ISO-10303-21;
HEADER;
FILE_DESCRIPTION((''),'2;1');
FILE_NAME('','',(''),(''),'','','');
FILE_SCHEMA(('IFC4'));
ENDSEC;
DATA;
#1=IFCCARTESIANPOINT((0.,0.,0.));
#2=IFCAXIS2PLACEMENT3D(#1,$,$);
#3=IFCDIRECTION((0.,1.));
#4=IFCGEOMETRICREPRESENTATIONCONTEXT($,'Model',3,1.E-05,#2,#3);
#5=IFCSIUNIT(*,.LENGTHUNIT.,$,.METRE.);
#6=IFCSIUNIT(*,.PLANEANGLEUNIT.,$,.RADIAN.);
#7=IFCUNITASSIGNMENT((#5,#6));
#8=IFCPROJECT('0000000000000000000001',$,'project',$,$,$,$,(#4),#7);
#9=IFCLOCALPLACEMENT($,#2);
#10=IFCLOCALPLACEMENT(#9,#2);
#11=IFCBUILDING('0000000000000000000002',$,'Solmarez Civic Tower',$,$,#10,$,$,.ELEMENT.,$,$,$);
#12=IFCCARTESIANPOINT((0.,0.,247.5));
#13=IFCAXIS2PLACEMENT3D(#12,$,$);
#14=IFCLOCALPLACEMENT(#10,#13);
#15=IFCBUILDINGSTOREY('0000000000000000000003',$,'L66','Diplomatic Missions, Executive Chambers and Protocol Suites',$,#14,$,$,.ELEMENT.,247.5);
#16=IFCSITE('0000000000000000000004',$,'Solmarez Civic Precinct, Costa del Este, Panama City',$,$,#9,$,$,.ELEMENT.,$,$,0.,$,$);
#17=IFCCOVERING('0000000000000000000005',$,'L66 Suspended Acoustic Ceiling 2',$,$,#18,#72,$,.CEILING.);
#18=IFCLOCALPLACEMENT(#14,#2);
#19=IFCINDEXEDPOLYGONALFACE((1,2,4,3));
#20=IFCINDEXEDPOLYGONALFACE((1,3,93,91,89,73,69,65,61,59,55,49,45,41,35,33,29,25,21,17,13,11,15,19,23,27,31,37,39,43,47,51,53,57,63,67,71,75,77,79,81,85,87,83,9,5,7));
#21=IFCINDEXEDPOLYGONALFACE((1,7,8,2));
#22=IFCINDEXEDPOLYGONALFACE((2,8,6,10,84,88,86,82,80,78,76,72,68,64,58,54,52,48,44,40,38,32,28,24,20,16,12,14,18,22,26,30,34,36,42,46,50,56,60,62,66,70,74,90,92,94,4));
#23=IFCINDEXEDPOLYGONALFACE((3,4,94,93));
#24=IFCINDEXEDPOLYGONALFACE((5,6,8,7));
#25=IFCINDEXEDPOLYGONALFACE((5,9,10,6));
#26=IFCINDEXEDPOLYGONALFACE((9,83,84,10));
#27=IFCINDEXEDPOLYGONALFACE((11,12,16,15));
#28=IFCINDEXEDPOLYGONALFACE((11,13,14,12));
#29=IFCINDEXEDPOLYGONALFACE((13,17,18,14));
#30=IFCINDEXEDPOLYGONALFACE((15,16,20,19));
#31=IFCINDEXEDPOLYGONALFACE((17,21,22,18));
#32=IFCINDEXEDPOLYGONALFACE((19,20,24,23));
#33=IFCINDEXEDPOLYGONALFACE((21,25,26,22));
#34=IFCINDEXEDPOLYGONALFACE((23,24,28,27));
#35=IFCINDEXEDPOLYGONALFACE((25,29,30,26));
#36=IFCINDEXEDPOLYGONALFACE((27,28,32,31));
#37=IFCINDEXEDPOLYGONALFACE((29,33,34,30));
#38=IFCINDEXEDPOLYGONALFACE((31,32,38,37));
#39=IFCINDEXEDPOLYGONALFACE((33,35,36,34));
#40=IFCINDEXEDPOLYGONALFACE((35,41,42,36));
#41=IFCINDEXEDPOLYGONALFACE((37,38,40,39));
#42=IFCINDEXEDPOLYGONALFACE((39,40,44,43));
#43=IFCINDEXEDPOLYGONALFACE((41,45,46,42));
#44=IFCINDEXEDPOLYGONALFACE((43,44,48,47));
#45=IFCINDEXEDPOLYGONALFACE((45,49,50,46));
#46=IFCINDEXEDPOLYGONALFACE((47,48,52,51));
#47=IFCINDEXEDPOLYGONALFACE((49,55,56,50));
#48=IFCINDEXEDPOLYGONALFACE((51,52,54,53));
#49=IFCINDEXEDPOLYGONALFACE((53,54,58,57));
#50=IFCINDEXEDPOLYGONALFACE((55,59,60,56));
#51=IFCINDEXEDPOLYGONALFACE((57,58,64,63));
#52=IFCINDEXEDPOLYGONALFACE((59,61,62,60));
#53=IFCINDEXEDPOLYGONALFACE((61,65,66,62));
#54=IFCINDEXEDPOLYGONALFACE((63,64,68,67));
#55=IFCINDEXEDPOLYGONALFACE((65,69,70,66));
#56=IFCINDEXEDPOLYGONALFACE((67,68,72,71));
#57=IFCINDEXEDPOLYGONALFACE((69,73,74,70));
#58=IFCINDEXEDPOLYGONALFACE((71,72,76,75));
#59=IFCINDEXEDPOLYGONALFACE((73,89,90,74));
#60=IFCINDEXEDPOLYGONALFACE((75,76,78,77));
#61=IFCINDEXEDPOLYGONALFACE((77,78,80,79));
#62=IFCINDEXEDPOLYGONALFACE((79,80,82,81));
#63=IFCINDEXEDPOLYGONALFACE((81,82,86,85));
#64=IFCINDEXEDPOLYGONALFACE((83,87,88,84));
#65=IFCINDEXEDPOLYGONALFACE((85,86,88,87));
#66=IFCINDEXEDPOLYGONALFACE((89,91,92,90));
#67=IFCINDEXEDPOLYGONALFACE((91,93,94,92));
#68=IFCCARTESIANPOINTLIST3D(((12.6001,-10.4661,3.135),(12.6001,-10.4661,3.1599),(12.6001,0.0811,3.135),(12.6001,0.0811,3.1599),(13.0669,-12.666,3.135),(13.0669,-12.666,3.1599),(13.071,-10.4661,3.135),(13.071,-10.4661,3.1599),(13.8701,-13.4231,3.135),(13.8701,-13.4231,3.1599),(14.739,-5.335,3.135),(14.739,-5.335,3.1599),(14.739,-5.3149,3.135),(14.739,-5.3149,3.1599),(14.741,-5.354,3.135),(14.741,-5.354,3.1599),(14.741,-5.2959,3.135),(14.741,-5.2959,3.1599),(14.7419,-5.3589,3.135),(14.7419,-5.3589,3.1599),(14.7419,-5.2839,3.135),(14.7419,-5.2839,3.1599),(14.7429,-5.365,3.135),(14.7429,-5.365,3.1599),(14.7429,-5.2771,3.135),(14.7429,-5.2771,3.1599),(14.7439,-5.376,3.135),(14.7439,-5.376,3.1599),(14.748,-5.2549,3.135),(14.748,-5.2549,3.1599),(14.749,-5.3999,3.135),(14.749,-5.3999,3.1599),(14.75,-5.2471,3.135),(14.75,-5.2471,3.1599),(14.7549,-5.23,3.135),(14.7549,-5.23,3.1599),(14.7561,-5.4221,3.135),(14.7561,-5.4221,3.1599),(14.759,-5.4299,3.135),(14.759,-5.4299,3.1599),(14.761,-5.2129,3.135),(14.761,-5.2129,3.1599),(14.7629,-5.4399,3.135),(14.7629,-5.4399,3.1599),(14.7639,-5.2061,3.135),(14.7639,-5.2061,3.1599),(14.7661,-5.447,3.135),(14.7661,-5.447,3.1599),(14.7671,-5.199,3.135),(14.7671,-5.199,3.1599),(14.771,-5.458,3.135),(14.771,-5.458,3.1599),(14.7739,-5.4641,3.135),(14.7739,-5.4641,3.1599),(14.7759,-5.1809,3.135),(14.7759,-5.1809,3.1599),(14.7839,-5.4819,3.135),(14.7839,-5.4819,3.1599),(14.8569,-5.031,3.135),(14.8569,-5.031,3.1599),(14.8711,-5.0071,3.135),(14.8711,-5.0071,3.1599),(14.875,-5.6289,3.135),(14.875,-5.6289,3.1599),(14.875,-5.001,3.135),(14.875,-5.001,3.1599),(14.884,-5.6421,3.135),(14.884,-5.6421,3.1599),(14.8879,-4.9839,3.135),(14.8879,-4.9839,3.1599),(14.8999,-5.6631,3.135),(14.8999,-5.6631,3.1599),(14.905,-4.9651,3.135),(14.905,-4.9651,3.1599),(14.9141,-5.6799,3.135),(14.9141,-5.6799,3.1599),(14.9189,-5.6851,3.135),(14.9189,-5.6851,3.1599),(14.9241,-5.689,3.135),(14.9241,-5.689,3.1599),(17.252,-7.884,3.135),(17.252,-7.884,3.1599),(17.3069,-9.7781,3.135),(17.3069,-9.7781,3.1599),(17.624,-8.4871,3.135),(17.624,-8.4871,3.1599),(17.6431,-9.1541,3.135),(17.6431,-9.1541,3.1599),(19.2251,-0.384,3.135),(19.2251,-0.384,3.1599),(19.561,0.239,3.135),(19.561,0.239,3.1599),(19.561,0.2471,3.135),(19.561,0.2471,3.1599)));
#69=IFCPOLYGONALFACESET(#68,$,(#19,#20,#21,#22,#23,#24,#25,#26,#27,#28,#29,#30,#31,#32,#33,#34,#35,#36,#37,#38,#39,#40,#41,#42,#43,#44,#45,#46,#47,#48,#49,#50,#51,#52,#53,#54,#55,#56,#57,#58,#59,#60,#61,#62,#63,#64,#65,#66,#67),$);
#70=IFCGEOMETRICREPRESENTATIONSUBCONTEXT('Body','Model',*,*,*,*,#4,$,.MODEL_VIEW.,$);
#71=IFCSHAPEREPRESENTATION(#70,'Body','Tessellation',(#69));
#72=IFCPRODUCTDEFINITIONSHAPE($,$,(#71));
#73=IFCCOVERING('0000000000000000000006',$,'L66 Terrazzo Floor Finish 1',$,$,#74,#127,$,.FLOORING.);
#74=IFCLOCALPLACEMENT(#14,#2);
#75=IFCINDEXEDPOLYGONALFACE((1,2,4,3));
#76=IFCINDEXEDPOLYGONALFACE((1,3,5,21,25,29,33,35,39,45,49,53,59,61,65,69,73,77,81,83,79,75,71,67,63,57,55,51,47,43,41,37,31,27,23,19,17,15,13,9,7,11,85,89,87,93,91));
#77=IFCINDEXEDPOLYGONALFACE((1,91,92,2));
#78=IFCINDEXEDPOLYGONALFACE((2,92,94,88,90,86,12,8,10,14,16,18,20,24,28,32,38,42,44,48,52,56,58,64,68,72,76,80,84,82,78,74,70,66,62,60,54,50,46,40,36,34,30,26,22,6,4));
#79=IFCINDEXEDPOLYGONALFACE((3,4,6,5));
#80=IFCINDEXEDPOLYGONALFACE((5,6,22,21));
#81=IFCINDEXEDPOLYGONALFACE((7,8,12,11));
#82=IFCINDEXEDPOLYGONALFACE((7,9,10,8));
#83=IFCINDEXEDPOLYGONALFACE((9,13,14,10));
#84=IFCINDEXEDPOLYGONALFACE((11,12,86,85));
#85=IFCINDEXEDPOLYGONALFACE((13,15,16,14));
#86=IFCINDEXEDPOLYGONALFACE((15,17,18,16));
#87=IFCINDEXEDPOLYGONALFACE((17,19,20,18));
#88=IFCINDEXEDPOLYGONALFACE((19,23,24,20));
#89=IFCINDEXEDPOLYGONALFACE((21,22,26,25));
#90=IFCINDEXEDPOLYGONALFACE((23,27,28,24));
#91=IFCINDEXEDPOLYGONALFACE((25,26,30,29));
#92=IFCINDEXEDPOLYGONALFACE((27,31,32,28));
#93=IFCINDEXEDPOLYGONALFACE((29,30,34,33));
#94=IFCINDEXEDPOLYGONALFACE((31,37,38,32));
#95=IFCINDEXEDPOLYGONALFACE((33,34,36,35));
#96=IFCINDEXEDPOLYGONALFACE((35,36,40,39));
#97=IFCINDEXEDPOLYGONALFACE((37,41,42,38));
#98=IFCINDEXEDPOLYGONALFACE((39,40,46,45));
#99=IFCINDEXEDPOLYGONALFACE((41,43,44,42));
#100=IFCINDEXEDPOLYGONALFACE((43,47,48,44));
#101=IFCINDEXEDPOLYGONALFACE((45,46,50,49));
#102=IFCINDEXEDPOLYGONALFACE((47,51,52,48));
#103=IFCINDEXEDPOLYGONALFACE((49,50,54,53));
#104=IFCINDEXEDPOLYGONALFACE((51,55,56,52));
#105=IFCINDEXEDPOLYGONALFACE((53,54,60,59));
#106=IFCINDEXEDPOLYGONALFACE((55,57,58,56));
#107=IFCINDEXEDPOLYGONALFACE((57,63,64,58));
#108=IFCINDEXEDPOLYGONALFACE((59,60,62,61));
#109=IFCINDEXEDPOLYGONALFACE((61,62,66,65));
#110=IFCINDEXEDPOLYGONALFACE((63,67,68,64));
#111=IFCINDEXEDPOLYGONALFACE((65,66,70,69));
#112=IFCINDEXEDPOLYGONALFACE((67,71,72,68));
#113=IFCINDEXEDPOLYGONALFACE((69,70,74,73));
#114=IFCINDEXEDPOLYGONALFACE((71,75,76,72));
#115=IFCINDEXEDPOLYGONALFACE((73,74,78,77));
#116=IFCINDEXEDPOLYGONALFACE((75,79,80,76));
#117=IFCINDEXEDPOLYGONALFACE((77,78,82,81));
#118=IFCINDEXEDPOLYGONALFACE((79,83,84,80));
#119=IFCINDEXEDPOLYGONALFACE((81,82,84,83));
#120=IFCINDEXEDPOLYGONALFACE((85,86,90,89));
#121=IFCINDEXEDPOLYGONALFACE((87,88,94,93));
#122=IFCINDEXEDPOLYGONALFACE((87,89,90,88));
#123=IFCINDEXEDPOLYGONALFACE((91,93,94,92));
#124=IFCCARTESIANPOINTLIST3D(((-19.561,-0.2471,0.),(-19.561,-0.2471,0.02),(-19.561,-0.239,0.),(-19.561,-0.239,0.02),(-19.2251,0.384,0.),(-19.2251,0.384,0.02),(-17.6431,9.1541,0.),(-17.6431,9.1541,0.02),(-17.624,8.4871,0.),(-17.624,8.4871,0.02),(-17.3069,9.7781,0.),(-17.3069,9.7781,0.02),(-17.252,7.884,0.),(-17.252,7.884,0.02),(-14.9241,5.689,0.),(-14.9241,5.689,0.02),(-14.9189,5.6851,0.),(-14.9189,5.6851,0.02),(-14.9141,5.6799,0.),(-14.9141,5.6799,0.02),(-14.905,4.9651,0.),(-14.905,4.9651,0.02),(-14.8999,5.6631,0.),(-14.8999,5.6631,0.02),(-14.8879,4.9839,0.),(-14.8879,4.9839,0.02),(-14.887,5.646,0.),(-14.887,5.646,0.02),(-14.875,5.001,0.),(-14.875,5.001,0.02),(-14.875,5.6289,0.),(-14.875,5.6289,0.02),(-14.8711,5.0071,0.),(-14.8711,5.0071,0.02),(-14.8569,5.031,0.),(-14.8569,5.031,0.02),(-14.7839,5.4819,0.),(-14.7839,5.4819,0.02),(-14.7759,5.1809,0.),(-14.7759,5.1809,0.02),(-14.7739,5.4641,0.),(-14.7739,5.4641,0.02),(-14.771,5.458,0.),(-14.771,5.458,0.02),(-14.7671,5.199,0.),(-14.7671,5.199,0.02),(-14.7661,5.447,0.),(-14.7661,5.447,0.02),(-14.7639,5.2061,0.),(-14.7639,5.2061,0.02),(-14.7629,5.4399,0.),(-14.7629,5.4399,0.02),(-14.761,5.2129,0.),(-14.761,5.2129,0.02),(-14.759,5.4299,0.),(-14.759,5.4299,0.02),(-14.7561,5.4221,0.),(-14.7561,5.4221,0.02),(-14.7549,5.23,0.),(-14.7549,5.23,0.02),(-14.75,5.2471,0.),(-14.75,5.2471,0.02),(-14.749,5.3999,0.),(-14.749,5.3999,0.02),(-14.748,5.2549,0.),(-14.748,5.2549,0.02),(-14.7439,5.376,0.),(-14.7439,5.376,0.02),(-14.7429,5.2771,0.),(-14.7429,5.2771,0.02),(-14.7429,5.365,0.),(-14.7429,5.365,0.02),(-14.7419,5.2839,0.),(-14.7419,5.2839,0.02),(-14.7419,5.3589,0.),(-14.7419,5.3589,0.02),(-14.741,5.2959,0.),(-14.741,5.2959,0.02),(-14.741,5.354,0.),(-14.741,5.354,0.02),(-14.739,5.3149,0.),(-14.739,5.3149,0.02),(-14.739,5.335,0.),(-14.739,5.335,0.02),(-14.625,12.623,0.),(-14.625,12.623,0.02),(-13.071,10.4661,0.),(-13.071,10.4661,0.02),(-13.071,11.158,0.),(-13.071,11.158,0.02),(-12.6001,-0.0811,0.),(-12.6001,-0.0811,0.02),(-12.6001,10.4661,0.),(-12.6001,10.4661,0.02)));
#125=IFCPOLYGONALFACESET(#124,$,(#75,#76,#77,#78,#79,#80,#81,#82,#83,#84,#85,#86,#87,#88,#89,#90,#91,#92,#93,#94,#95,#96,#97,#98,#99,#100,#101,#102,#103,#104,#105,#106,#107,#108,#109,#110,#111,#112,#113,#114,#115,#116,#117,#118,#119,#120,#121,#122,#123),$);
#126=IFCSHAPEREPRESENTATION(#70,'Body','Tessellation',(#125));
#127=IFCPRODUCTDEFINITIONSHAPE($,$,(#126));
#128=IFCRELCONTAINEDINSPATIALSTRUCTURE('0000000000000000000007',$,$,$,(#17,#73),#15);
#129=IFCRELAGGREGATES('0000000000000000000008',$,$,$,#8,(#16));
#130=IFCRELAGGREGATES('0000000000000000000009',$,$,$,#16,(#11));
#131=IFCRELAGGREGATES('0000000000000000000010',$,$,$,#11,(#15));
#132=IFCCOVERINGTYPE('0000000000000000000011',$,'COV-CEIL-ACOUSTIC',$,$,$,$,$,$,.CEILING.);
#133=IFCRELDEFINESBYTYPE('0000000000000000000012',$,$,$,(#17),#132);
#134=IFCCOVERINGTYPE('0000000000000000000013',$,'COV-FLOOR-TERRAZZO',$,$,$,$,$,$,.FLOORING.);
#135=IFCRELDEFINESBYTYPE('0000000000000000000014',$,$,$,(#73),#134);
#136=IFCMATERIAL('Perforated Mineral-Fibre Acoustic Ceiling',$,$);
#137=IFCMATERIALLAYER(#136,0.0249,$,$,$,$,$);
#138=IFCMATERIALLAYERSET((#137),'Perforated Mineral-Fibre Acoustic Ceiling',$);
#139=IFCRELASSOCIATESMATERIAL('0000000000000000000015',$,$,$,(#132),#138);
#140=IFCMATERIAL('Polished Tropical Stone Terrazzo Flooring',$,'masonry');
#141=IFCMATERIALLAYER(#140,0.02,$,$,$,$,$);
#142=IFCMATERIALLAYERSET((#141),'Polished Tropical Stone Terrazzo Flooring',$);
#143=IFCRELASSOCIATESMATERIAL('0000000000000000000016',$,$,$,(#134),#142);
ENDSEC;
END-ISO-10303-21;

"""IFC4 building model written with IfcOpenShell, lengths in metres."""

from ifc_helpers import new_model, si_unit, direction, frame, origin, place, context, subcontext, project, spatial, polyline, outline, extrude, material, layer, layer_set, type_object, element, save


model = new_model("IFC4")

# Units and contexts
model_context = context("Model", 3, precision=1e-05, world=origin(), true_north=direction((0.0, 1.0)))
body_context = subcontext(model_context, "Body", "Model", "MODEL_VIEW")
ifc_project = project(units=[si_unit("LENGTHUNIT", "METRE"), si_unit("PLANEANGLEUNIT", "RADIAN")], contexts=[model_context])

# Site, building, storey
site_placement = place(None, origin())
site = spatial("IfcSite", under=ifc_project, at=site_placement, Name="Solmarez Civic Precinct, Costa del Este, Panama City", CompositionType="ELEMENT", RefElevation=0.0)
building_placement = place(site_placement, origin())
building = spatial("IfcBuilding", under=site, at=building_placement, Name="Solmarez Civic Tower", CompositionType="ELEMENT")
storey_placement = place(building_placement, frame((0.0, 0.0, 247.5)))
storey = spatial("IfcBuildingStorey", under=building, at=storey_placement, Name="L66", Description="Diplomatic Missions, Executive Chambers and Protocol Suites", CompositionType="ELEMENT", Elevation=247.5)

# Coverings
ifc_material_1 = material(Name="Perforated Mineral-Fibre Acoustic Ceiling")
ifc_layer_1 = layer(ifc_material_1, 0.0249)
ifc_layer_set_1 = layer_set([ifc_layer_1], Name="Perforated Mineral-Fibre Acoustic Ceiling")
covering_type_1 = type_object("IfcCoveringType", Name="COV-CEIL-ACOUSTIC", PredefinedType="CEILING", material=ifc_layer_set_1)
covering_1_placement = place(storey_placement, frame((0.0, 0.0, 3.135)))
element("IfcCovering", 1, at=covering_1_placement, inside=storey, type_object=covering_type_1, Name="L66 Suspended Acoustic Ceiling 2", PredefinedType="CEILING", context=body_context, shape_type="SweptSolid", body=[
    extrude(outline(polyline([(12.6001, 0.0811), (12.6001, -10.4661), (13.071, -10.4661), (13.0669, -12.666), (13.8701, -13.4231), (17.3069, -9.7781), (17.6431, -9.1541), (17.624, -8.4871), (17.252, -7.884), (14.9241, -5.689), (14.9189, -5.6851), (14.9141, -5.6799), (14.8999, -5.6631), (14.884, -5.6421), (14.875, -5.6289), (14.7839, -5.4819), (14.7739, -5.4641), (14.771, -5.458), (14.7661, -5.447), (14.7629, -5.4399), (14.759, -5.4299), (14.7561, -5.4221), (14.749, -5.3999), (14.7439, -5.376), (14.7429, -5.365), (14.7419, -5.3589), (14.741, -5.354), (14.739, -5.335), (14.739, -5.3149), (14.741, -5.2959), (14.7419, -5.2839), (14.7429, -5.2771), (14.748, -5.2549), (14.75, -5.2471), (14.7549, -5.23), (14.761, -5.2129), (14.7639, -5.2061), (14.7671, -5.199), (14.7759, -5.1809), (14.8569, -5.031), (14.8711, -5.0071), (14.875, -5.001), (14.8879, -4.9839), (14.905, -4.9651), (19.2251, -0.384), (19.561, 0.239), (19.561, 0.2471), (12.6001, 0.0811)])), origin(), (0.0, 0.0, 1.0), 0.0249),
])
ifc_material_2 = material(Name="Polished Tropical Stone Terrazzo Flooring", Category="masonry")
ifc_layer_2 = layer(ifc_material_2, 0.02)
ifc_layer_set_2 = layer_set([ifc_layer_2], Name="Polished Tropical Stone Terrazzo Flooring")
covering_type_2 = type_object("IfcCoveringType", Name="COV-FLOOR-TERRAZZO", PredefinedType="FLOORING", material=ifc_layer_set_2)
covering_2_placement = place(storey_placement, origin())
element("IfcCovering", 2, at=covering_2_placement, inside=storey, type_object=covering_type_2, Name="L66 Terrazzo Floor Finish 1", PredefinedType="FLOORING", context=body_context, shape_type="SweptSolid", body=[
    extrude(outline(polyline([(-14.875, 5.6289), (-14.7839, 5.4819), (-14.7739, 5.4641), (-14.771, 5.458), (-14.7661, 5.447), (-14.7629, 5.4399), (-14.759, 5.4299), (-14.7561, 5.4221), (-14.749, 5.3999), (-14.7439, 5.376), (-14.7429, 5.365), (-14.7419, 5.3589), (-14.741, 5.354), (-14.739, 5.335), (-14.739, 5.3149), (-14.741, 5.2959), (-14.7419, 5.2839), (-14.7429, 5.2771), (-14.748, 5.2549), (-14.75, 5.2471), (-14.7549, 5.23), (-14.761, 5.2129), (-14.7639, 5.2061), (-14.7671, 5.199), (-14.7759, 5.1809), (-14.8569, 5.031), (-14.8711, 5.0071), (-14.875, 5.001), (-14.8879, 4.9839), (-14.905, 4.9651), (-19.2251, 0.384), (-19.561, -0.239), (-19.561, -0.2471), (-12.6001, -0.0811), (-12.6001, 10.4661), (-13.071, 10.4661), (-13.071, 11.158), (-14.625, 12.623), (-17.3069, 9.7781), (-17.6431, 9.1541), (-17.624, 8.4871), (-17.252, 7.884), (-14.9241, 5.689), (-14.9189, 5.6851), (-14.9141, 5.6799), (-14.8999, 5.6631), (-14.887, 5.646), (-14.875, 5.6289)])), origin(), (0.0, 0.0, 1.0), 0.02),
])

save(model, "model.ifc")
